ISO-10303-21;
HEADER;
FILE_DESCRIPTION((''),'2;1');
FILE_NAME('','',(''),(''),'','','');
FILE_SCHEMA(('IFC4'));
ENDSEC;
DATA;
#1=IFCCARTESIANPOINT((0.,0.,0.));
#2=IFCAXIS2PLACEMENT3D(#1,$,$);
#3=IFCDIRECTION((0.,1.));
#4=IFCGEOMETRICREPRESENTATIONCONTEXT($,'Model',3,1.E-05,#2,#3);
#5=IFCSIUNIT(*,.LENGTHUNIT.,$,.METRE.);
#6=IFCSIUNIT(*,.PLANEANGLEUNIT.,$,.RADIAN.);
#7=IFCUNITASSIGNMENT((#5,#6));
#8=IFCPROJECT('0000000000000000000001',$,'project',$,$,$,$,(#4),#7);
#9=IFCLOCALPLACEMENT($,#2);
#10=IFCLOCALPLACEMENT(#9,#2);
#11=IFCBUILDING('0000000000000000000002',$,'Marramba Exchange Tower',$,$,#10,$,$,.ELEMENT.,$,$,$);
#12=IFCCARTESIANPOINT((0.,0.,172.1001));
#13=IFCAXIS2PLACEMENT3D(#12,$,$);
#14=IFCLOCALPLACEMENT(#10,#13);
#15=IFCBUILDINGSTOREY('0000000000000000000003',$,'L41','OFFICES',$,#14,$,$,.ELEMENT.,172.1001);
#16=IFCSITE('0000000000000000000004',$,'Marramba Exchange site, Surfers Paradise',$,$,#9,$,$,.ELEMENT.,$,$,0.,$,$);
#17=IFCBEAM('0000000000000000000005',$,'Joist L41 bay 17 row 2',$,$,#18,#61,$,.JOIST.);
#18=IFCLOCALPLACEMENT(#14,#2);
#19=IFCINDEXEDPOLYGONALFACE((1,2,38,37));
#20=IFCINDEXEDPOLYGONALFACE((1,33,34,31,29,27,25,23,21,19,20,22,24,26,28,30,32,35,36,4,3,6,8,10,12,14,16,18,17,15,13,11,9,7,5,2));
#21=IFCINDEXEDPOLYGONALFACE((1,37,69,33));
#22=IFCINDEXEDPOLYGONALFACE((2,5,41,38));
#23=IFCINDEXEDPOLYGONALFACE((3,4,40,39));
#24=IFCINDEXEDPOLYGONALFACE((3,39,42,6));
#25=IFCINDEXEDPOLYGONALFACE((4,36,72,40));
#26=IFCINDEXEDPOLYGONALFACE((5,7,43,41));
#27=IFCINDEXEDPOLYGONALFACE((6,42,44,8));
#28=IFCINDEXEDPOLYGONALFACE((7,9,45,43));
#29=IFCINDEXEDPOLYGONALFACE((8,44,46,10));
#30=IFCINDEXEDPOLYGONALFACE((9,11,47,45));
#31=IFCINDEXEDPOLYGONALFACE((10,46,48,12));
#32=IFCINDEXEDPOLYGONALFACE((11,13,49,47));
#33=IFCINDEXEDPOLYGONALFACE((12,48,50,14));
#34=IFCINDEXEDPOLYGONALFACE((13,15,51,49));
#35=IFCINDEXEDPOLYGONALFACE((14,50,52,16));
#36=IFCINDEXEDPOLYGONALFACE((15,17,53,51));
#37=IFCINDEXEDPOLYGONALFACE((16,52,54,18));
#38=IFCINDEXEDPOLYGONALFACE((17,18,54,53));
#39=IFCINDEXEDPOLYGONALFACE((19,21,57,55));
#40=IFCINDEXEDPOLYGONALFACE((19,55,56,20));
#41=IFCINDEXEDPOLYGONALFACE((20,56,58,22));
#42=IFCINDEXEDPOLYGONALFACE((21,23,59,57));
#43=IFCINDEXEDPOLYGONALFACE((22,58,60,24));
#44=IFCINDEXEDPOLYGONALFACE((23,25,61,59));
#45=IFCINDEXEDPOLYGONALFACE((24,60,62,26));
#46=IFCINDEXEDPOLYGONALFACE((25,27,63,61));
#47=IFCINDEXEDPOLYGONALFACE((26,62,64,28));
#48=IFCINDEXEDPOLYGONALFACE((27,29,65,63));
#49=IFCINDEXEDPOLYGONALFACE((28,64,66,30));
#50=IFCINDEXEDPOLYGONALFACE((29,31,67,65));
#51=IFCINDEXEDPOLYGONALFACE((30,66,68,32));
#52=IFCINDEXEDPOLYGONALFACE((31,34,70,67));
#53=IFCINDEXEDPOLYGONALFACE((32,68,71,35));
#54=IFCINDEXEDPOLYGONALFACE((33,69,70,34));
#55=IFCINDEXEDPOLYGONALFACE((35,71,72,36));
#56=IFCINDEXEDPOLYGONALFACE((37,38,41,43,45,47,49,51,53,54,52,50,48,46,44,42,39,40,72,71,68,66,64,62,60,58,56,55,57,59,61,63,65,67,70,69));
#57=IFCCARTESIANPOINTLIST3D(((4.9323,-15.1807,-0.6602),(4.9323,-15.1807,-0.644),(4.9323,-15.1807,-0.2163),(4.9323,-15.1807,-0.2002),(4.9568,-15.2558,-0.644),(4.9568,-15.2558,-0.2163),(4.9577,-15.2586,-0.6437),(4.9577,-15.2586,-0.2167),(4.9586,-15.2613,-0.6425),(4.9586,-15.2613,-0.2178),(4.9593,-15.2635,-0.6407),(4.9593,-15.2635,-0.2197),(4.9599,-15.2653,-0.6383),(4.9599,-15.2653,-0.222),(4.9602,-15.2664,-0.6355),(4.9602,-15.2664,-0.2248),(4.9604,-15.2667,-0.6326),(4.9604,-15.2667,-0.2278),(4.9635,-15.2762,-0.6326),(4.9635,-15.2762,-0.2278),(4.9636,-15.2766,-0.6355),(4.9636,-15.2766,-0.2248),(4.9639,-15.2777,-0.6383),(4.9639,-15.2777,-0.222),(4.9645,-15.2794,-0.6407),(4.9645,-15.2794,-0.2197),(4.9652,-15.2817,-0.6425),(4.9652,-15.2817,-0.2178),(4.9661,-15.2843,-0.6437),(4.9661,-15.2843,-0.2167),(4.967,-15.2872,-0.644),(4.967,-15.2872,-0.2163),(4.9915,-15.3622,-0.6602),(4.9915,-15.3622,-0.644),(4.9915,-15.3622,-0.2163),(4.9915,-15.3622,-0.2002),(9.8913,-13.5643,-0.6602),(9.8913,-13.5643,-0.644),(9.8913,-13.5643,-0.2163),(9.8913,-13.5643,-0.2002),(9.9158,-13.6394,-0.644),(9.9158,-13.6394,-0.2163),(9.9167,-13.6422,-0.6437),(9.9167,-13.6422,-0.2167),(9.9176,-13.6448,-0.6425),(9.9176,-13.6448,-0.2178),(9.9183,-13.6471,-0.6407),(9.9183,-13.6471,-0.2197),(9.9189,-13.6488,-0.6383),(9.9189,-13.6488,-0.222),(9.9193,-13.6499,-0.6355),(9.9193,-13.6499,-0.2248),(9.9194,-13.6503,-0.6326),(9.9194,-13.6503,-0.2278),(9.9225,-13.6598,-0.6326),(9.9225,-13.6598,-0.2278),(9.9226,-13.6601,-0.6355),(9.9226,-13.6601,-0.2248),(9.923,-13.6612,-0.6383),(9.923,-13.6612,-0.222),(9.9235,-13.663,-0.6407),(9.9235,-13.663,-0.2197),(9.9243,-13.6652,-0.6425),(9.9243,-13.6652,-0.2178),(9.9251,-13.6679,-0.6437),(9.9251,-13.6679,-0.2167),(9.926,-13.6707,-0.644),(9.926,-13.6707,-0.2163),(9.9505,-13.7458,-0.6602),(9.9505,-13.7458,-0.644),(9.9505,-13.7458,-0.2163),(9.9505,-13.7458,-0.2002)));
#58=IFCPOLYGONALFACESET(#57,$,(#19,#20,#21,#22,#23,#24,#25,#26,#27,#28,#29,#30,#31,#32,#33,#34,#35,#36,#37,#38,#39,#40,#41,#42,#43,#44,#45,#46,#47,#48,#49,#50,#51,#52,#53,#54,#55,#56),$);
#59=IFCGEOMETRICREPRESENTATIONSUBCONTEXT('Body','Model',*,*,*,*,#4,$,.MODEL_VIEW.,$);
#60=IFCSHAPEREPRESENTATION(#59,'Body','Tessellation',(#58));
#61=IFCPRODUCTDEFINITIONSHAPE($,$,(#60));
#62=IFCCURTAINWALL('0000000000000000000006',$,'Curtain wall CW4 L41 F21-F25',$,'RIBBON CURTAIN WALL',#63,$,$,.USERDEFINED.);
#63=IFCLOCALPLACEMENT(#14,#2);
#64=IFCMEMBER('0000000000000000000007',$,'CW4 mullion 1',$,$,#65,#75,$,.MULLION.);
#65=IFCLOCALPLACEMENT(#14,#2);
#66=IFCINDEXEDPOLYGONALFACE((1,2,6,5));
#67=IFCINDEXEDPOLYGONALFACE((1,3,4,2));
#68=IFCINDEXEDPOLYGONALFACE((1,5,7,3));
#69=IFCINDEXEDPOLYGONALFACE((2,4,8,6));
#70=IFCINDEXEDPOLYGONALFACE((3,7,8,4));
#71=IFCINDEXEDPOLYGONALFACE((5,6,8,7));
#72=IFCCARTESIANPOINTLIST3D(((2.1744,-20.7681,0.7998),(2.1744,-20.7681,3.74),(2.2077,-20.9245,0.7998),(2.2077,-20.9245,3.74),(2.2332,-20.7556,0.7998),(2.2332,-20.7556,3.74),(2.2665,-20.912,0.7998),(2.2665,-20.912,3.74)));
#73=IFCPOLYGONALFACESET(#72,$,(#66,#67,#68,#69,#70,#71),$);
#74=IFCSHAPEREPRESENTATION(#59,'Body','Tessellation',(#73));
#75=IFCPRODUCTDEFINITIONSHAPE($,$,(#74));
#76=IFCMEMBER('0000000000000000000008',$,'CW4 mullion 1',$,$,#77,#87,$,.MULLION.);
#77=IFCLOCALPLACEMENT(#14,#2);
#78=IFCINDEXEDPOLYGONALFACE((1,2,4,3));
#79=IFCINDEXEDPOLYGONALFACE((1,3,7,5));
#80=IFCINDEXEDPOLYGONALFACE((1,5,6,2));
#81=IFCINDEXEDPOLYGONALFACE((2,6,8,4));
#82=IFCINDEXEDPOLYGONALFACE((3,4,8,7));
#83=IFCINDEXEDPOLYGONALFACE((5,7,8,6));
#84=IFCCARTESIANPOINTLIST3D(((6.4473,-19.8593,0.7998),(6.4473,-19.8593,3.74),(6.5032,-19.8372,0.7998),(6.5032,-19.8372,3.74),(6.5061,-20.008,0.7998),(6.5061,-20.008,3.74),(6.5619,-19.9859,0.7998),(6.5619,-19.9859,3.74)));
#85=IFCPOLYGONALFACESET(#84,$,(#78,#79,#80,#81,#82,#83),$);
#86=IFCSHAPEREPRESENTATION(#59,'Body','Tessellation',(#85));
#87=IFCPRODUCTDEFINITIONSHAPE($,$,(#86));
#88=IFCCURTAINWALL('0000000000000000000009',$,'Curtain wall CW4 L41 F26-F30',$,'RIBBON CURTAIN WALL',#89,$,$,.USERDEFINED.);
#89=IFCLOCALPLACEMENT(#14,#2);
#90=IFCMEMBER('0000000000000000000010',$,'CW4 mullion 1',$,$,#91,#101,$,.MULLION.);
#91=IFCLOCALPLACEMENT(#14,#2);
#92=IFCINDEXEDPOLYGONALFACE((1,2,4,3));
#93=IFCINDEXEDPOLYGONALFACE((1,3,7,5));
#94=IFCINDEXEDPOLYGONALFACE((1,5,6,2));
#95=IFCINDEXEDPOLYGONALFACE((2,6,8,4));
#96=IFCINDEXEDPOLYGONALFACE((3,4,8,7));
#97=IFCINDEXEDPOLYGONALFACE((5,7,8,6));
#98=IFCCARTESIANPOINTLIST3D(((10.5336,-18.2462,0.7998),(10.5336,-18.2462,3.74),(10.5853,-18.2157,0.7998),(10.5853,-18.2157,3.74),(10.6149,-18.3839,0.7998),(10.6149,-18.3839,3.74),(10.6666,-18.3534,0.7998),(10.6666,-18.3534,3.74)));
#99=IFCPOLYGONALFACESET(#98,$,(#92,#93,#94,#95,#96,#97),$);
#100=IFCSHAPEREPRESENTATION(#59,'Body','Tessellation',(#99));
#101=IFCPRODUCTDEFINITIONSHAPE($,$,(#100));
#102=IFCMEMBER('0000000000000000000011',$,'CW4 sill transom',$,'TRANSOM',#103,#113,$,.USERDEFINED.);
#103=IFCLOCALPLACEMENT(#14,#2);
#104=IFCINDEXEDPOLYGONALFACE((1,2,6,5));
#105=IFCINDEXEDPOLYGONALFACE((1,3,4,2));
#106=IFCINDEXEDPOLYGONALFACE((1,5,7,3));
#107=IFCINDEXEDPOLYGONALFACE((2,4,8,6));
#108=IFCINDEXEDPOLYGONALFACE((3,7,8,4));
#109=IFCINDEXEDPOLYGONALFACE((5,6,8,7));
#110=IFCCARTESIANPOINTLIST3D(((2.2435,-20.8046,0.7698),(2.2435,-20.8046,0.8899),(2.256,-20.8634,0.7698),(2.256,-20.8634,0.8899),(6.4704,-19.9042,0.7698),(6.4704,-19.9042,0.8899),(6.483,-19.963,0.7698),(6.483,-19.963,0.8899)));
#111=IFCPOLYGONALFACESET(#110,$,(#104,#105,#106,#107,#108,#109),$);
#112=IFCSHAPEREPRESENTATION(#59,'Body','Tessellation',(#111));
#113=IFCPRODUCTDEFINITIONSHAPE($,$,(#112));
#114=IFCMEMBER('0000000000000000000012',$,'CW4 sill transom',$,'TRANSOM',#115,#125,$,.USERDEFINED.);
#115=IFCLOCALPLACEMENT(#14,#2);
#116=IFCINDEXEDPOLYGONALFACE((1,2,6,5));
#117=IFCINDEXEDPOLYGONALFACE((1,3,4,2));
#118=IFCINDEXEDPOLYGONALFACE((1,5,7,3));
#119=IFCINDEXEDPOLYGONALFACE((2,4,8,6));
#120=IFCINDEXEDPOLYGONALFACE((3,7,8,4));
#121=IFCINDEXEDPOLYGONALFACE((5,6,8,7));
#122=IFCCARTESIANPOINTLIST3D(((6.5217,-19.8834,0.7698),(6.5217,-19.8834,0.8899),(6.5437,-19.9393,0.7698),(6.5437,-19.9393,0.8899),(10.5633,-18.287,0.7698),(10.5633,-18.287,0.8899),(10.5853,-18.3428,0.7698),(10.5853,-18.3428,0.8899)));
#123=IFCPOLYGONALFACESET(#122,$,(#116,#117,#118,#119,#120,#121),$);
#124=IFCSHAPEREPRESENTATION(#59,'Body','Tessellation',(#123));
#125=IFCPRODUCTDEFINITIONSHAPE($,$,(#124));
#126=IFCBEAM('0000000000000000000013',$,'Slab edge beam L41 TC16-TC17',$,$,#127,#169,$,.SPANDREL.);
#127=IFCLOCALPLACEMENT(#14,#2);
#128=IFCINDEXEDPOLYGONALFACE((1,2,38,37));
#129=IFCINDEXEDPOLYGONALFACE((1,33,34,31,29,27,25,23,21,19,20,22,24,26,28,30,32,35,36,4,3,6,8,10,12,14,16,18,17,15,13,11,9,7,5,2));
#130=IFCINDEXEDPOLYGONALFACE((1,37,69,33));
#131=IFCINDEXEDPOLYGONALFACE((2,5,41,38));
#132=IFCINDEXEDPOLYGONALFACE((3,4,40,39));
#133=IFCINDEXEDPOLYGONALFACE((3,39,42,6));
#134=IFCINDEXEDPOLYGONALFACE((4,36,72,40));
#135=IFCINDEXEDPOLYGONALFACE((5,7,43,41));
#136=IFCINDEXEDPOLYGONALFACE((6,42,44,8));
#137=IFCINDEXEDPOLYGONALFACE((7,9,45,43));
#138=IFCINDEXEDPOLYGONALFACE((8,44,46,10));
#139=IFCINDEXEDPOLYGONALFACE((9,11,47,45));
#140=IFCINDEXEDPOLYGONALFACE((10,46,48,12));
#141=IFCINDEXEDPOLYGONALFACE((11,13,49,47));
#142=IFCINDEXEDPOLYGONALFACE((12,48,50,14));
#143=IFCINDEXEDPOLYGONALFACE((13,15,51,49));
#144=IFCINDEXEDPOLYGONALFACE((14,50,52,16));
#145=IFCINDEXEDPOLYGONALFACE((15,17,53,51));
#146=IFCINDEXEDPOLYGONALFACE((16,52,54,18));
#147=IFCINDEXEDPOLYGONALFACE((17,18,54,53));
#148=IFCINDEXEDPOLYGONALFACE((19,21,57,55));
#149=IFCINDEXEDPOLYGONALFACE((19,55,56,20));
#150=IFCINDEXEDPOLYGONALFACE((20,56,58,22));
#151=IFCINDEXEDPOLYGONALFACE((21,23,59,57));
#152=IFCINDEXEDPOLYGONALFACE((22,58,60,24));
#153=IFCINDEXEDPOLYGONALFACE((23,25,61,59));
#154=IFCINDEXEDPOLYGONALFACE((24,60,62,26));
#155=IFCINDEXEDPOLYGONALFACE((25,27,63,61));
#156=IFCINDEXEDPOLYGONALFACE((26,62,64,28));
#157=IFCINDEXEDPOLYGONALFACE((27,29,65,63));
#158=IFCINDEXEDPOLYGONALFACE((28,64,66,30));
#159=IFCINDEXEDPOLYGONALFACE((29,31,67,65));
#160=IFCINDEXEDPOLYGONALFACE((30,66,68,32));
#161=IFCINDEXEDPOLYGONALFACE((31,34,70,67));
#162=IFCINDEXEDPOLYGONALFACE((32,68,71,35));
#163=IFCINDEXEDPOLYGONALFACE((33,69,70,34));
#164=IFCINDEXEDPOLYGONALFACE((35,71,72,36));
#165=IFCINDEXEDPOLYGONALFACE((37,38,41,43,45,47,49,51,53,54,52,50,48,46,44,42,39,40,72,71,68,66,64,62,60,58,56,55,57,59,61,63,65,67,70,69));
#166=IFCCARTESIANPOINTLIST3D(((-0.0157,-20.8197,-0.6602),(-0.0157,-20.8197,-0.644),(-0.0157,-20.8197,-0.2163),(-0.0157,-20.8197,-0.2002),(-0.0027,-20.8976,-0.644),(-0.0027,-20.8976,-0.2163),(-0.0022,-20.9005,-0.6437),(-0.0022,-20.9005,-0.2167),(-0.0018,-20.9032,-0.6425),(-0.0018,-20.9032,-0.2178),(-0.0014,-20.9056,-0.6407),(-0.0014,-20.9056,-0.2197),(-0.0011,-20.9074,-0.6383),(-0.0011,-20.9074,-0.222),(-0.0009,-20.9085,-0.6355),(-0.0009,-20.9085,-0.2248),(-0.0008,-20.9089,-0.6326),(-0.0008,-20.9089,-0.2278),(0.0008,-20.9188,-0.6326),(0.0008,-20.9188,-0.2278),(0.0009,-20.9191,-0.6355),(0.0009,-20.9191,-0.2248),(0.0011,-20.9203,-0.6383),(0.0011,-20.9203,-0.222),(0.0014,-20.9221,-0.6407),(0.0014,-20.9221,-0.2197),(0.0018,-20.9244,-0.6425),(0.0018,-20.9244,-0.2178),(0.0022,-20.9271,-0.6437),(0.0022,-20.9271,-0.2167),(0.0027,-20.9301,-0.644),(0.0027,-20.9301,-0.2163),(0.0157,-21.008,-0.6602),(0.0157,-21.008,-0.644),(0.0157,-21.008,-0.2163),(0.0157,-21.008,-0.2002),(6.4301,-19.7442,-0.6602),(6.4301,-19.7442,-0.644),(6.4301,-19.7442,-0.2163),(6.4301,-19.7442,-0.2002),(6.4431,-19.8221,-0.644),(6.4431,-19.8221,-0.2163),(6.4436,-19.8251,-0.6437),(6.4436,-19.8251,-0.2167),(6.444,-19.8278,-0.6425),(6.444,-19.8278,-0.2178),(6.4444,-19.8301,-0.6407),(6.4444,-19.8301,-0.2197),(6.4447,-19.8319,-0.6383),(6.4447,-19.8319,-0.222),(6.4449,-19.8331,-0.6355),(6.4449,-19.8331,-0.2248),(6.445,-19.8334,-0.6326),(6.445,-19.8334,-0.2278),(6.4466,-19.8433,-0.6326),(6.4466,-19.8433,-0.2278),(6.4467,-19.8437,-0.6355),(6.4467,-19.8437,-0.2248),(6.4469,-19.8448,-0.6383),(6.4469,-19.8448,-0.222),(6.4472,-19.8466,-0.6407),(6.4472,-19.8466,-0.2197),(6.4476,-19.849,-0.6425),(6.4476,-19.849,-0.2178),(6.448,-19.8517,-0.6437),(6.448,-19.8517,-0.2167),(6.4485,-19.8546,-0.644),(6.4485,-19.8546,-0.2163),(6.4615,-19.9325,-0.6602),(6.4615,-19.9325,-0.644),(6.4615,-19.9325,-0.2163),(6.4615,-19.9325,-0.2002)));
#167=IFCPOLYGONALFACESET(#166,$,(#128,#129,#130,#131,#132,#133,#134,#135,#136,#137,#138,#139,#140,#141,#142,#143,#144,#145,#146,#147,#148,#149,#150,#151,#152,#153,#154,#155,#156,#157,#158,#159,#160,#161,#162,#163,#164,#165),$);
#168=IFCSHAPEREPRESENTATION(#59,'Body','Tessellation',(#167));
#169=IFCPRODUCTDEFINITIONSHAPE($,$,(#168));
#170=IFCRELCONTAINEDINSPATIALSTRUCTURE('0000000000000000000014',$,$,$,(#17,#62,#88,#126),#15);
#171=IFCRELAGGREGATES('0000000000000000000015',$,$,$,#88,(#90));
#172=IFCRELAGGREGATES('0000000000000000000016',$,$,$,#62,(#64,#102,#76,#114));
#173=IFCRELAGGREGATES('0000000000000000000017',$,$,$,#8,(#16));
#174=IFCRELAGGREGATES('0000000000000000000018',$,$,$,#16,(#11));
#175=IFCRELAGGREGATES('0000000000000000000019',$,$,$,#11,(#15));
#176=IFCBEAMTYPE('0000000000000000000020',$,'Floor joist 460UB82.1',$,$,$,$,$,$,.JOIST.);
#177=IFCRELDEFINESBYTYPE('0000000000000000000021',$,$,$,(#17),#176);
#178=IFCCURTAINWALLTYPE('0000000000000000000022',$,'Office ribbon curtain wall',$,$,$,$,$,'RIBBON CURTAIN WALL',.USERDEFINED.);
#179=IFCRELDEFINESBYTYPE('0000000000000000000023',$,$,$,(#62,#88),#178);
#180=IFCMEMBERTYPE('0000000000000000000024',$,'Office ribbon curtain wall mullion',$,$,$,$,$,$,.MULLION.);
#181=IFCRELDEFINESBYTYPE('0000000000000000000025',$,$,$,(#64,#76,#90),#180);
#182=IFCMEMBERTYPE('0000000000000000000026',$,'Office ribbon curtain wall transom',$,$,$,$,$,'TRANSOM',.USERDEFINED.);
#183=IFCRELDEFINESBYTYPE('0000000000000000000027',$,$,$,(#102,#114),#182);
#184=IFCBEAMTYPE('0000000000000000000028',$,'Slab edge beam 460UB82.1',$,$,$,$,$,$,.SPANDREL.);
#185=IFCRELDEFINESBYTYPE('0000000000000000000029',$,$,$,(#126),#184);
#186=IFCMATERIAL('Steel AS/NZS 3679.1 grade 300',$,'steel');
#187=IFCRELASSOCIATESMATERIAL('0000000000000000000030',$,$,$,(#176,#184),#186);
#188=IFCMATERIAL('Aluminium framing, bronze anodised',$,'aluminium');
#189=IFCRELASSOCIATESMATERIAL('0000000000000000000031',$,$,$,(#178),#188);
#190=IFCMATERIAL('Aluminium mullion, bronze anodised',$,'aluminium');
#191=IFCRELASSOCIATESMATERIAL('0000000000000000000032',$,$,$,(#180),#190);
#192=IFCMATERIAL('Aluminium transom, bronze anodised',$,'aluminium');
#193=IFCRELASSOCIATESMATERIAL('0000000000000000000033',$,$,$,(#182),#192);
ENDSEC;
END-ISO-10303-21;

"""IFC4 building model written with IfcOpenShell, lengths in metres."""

from ifc_helpers import new_model, si_unit, direction, frame, origin, origin_2d, place, context, subcontext, project, spatial, rectangle, i_section, extrude, material, material_profile, profile_set, type_object, element, aggregate, save


model = new_model("IFC4")

# Units and contexts
model_context = context("Model", 3, precision=1e-05, world=origin(), true_north=direction((0.0, 1.0)))
body_context = subcontext(model_context, "Body", "Model", "MODEL_VIEW")
ifc_project = project(units=[si_unit("LENGTHUNIT", "METRE"), si_unit("PLANEANGLEUNIT", "RADIAN")], contexts=[model_context])

# Site, building, storey
site_placement = place(None, origin())
site = spatial("IfcSite", under=ifc_project, at=site_placement, Name="Marramba Exchange site, Surfers Paradise", CompositionType="ELEMENT", RefElevation=0.0)
building_placement = place(site_placement, origin())
building = spatial("IfcBuilding", under=site, at=building_placement, Name="Marramba Exchange Tower", CompositionType="ELEMENT")
storey_placement = place(building_placement, frame((0.0, 0.0, 172.1001)))
storey = spatial("IfcBuildingStorey", under=building, at=storey_placement, Name="L41", Description="OFFICES", CompositionType="ELEMENT", Elevation=172.1001)

# Beam
ifc_material_1 = material(Name="Steel AS/NZS 3679.1 grade 300", Category="steel")
ifc_material_profile_1 = material_profile(ifc_material_1, i_section(OverallWidth=0.1909, OverallDepth=0.46, WebThickness=0.01, FlangeThickness=0.0161, FilletRadius=0.0115, at=origin_2d()), Name="460UB82.1")
ifc_profile_set_1 = profile_set([ifc_material_profile_1], Name="Steel AS/NZS 3679.1 grade 300")
beam_type_1 = type_object("IfcBeamType", Name="Floor joist 460UB82.1", PredefinedType="JOIST", material=ifc_profile_set_1)
beam_1_placement = place(storey_placement, frame((4.9619, -15.2715, -0.4302), z_axis=(0.950764, 0.309916, 0.0), x_axis=(-0.309916, 0.950764, 0.0)))
element("IfcBeam", 1, at=beam_1_placement, inside=storey, type_object=beam_type_1, Name="Joist L41 bay 17 row 2", PredefinedType="JOIST", context=body_context, shape_type="SweptSolid", body=[
    extrude(i_section(OverallWidth=0.1909, OverallDepth=0.46, WebThickness=0.01, FlangeThickness=0.0161, FilletRadius=0.0115, at=origin_2d()), origin(), (0.0, 0.0, 1.0), 5.2158),
])

# Curtain wall, members
ifc_material_2 = material(Name="Aluminium framing, bronze anodised", Category="aluminium")
curtain_wall_type = type_object("IfcCurtainWallType", Name="Office ribbon curtain wall", ElementType="RIBBON CURTAIN WALL", PredefinedType="USERDEFINED", material=ifc_material_2)
curtain_wall_1_placement = place(storey_placement, origin())
curtain_wall_1 = element("IfcCurtainWall", 2, at=curtain_wall_1_placement, inside=storey, type_object=curtain_wall_type, Name="Curtain wall CW4 L41 F21-F25", ObjectType="RIBBON CURTAIN WALL", PredefinedType="USERDEFINED")
ifc_material_3 = material(Name="Aluminium mullion, bronze anodised", Category="aluminium")
ifc_material_profile_2 = material_profile(ifc_material_3, rectangle(XDim=0.1599, YDim=0.0601, at=origin_2d()), Name="CW4 mullion 60x160")
ifc_profile_set_2 = profile_set([ifc_material_profile_2], Name="Aluminium mullion, bronze anodised")
member_type_1 = type_object("IfcMemberType", Name="Office ribbon curtain wall mullion", PredefinedType="MULLION", material=ifc_profile_set_2)
member_1_placement = place(storey_placement, frame((2.2205, -20.8401, 0.7998), z_axis=(0.0, 0.0, 1.0), x_axis=(-0.208332, 0.978058, 0.0)))
member_1 = element("IfcMember", 3, at=member_1_placement, type_object=member_type_1, Name="CW4 mullion 1", PredefinedType="MULLION", context=body_context, shape_type="SweptSolid", body=[
    extrude(rectangle(XDim=0.1599, YDim=0.0601, at=origin_2d()), origin(), (0.0, 0.0, 1.0), 2.9402),
])
member_2_placement = place(storey_placement, frame((6.5046, -19.9226, 0.7998), z_axis=(0.0, 0.0, 1.0), x_axis=(-0.367375, 0.930073, 0.0)))
member_2 = element("IfcMember", 4, at=member_2_placement, type_object=member_type_1, Name="CW4 mullion 1", PredefinedType="MULLION", context=body_context, shape_type="SweptSolid", body=[
    extrude(rectangle(XDim=0.1599, YDim=0.0601, at=origin_2d()), origin(), (0.0, 0.0, 1.0), 2.9402),
])

# Curtain wall, member
curtain_wall_2_placement = place(storey_placement, origin())
curtain_wall_2 = element("IfcCurtainWall", 5, at=curtain_wall_2_placement, inside=storey, type_object=curtain_wall_type, Name="Curtain wall CW4 L41 F26-F30", ObjectType="RIBBON CURTAIN WALL", PredefinedType="USERDEFINED")
member_3_placement = place(storey_placement, frame((10.6001, -18.2998, 0.7998), z_axis=(0.0, 0.0, 1.0), x_axis=(-0.508011, 0.861351, 0.0)))
member_3 = element("IfcMember", 6, at=member_3_placement, type_object=member_type_1, Name="CW4 mullion 1", PredefinedType="MULLION", context=body_context, shape_type="SweptSolid", body=[
    extrude(rectangle(XDim=0.1599, YDim=0.0601, at=origin_2d()), origin(), (0.0, 0.0, 1.0), 2.9402),
])
aggregate(curtain_wall_2, [member_3])

# Members
ifc_material_4 = material(Name="Aluminium transom, bronze anodised", Category="aluminium")
ifc_material_profile_3 = material_profile(ifc_material_4, rectangle(XDim=0.0601, YDim=0.1201, at=origin_2d()), Name="CW4 transom 60x120")
ifc_profile_set_3 = profile_set([ifc_material_profile_3], Name="Aluminium transom, bronze anodised")
member_type_2 = type_object("IfcMemberType", Name="Office ribbon curtain wall transom", ElementType="TRANSOM", PredefinedType="USERDEFINED", material=ifc_profile_set_3)
member_4_placement = place(storey_placement, frame((2.2498, -20.834, 0.8298), z_axis=(0.978058, 0.208333, 0.0), x_axis=(-0.208333, 0.978058, 0.0)))
member_4 = element("IfcMember", 7, at=member_4_placement, type_object=member_type_2, Name="CW4 sill transom", ObjectType="TRANSOM", PredefinedType="USERDEFINED", context=body_context, shape_type="SweptSolid", body=[
    extrude(rectangle(XDim=0.0601, YDim=0.1201, at=origin_2d()), origin(), (0.0, 0.0, 1.0), 4.3218),
])
member_5_placement = place(storey_placement, frame((6.5327, -19.9114, 0.8298), z_axis=(0.930068, 0.367387, 0.0), x_axis=(-0.367387, 0.930068, 0.0)))
member_5 = element("IfcMember", 8, at=member_5_placement, type_object=member_type_2, Name="CW4 sill transom", ObjectType="TRANSOM", PredefinedType="USERDEFINED", context=body_context, shape_type="SweptSolid", body=[
    extrude(rectangle(XDim=0.0601, YDim=0.1201, at=origin_2d()), origin(), (0.0, 0.0, 1.0), 4.3455),
])

# Beam
ifc_material_profile_4 = material_profile(ifc_material_1, i_section(OverallWidth=0.1909, OverallDepth=0.46, WebThickness=0.01, FlangeThickness=0.0161, FilletRadius=0.0115, at=origin_2d()), Name="460UB82.1")
ifc_profile_set_4 = profile_set([ifc_material_profile_4], Name="Steel AS/NZS 3679.1 grade 300")
beam_type_2 = type_object("IfcBeamType", Name="Slab edge beam 460UB82.1", PredefinedType="SPANDREL", material=ifc_profile_set_4)
beam_2_placement = place(storey_placement, frame((0.0, -20.9138, -0.4302), z_axis=(0.986366, 0.164569, 0.0), x_axis=(-0.164569, 0.986366, 0.0)))
element("IfcBeam", 9, at=beam_2_placement, inside=storey, type_object=beam_type_2, Name="Slab edge beam L41 TC16-TC17", PredefinedType="SPANDREL", context=body_context, shape_type="SweptSolid", body=[
    extrude(i_section(OverallWidth=0.1909, OverallDepth=0.46, WebThickness=0.01, FlangeThickness=0.0161, FilletRadius=0.0115, at=origin_2d()), origin(), (0.0, 0.0, 1.0), 6.5349),
])

aggregate(curtain_wall_1, [member_1, member_4, member_2, member_5])

save(model, "model.ifc")
